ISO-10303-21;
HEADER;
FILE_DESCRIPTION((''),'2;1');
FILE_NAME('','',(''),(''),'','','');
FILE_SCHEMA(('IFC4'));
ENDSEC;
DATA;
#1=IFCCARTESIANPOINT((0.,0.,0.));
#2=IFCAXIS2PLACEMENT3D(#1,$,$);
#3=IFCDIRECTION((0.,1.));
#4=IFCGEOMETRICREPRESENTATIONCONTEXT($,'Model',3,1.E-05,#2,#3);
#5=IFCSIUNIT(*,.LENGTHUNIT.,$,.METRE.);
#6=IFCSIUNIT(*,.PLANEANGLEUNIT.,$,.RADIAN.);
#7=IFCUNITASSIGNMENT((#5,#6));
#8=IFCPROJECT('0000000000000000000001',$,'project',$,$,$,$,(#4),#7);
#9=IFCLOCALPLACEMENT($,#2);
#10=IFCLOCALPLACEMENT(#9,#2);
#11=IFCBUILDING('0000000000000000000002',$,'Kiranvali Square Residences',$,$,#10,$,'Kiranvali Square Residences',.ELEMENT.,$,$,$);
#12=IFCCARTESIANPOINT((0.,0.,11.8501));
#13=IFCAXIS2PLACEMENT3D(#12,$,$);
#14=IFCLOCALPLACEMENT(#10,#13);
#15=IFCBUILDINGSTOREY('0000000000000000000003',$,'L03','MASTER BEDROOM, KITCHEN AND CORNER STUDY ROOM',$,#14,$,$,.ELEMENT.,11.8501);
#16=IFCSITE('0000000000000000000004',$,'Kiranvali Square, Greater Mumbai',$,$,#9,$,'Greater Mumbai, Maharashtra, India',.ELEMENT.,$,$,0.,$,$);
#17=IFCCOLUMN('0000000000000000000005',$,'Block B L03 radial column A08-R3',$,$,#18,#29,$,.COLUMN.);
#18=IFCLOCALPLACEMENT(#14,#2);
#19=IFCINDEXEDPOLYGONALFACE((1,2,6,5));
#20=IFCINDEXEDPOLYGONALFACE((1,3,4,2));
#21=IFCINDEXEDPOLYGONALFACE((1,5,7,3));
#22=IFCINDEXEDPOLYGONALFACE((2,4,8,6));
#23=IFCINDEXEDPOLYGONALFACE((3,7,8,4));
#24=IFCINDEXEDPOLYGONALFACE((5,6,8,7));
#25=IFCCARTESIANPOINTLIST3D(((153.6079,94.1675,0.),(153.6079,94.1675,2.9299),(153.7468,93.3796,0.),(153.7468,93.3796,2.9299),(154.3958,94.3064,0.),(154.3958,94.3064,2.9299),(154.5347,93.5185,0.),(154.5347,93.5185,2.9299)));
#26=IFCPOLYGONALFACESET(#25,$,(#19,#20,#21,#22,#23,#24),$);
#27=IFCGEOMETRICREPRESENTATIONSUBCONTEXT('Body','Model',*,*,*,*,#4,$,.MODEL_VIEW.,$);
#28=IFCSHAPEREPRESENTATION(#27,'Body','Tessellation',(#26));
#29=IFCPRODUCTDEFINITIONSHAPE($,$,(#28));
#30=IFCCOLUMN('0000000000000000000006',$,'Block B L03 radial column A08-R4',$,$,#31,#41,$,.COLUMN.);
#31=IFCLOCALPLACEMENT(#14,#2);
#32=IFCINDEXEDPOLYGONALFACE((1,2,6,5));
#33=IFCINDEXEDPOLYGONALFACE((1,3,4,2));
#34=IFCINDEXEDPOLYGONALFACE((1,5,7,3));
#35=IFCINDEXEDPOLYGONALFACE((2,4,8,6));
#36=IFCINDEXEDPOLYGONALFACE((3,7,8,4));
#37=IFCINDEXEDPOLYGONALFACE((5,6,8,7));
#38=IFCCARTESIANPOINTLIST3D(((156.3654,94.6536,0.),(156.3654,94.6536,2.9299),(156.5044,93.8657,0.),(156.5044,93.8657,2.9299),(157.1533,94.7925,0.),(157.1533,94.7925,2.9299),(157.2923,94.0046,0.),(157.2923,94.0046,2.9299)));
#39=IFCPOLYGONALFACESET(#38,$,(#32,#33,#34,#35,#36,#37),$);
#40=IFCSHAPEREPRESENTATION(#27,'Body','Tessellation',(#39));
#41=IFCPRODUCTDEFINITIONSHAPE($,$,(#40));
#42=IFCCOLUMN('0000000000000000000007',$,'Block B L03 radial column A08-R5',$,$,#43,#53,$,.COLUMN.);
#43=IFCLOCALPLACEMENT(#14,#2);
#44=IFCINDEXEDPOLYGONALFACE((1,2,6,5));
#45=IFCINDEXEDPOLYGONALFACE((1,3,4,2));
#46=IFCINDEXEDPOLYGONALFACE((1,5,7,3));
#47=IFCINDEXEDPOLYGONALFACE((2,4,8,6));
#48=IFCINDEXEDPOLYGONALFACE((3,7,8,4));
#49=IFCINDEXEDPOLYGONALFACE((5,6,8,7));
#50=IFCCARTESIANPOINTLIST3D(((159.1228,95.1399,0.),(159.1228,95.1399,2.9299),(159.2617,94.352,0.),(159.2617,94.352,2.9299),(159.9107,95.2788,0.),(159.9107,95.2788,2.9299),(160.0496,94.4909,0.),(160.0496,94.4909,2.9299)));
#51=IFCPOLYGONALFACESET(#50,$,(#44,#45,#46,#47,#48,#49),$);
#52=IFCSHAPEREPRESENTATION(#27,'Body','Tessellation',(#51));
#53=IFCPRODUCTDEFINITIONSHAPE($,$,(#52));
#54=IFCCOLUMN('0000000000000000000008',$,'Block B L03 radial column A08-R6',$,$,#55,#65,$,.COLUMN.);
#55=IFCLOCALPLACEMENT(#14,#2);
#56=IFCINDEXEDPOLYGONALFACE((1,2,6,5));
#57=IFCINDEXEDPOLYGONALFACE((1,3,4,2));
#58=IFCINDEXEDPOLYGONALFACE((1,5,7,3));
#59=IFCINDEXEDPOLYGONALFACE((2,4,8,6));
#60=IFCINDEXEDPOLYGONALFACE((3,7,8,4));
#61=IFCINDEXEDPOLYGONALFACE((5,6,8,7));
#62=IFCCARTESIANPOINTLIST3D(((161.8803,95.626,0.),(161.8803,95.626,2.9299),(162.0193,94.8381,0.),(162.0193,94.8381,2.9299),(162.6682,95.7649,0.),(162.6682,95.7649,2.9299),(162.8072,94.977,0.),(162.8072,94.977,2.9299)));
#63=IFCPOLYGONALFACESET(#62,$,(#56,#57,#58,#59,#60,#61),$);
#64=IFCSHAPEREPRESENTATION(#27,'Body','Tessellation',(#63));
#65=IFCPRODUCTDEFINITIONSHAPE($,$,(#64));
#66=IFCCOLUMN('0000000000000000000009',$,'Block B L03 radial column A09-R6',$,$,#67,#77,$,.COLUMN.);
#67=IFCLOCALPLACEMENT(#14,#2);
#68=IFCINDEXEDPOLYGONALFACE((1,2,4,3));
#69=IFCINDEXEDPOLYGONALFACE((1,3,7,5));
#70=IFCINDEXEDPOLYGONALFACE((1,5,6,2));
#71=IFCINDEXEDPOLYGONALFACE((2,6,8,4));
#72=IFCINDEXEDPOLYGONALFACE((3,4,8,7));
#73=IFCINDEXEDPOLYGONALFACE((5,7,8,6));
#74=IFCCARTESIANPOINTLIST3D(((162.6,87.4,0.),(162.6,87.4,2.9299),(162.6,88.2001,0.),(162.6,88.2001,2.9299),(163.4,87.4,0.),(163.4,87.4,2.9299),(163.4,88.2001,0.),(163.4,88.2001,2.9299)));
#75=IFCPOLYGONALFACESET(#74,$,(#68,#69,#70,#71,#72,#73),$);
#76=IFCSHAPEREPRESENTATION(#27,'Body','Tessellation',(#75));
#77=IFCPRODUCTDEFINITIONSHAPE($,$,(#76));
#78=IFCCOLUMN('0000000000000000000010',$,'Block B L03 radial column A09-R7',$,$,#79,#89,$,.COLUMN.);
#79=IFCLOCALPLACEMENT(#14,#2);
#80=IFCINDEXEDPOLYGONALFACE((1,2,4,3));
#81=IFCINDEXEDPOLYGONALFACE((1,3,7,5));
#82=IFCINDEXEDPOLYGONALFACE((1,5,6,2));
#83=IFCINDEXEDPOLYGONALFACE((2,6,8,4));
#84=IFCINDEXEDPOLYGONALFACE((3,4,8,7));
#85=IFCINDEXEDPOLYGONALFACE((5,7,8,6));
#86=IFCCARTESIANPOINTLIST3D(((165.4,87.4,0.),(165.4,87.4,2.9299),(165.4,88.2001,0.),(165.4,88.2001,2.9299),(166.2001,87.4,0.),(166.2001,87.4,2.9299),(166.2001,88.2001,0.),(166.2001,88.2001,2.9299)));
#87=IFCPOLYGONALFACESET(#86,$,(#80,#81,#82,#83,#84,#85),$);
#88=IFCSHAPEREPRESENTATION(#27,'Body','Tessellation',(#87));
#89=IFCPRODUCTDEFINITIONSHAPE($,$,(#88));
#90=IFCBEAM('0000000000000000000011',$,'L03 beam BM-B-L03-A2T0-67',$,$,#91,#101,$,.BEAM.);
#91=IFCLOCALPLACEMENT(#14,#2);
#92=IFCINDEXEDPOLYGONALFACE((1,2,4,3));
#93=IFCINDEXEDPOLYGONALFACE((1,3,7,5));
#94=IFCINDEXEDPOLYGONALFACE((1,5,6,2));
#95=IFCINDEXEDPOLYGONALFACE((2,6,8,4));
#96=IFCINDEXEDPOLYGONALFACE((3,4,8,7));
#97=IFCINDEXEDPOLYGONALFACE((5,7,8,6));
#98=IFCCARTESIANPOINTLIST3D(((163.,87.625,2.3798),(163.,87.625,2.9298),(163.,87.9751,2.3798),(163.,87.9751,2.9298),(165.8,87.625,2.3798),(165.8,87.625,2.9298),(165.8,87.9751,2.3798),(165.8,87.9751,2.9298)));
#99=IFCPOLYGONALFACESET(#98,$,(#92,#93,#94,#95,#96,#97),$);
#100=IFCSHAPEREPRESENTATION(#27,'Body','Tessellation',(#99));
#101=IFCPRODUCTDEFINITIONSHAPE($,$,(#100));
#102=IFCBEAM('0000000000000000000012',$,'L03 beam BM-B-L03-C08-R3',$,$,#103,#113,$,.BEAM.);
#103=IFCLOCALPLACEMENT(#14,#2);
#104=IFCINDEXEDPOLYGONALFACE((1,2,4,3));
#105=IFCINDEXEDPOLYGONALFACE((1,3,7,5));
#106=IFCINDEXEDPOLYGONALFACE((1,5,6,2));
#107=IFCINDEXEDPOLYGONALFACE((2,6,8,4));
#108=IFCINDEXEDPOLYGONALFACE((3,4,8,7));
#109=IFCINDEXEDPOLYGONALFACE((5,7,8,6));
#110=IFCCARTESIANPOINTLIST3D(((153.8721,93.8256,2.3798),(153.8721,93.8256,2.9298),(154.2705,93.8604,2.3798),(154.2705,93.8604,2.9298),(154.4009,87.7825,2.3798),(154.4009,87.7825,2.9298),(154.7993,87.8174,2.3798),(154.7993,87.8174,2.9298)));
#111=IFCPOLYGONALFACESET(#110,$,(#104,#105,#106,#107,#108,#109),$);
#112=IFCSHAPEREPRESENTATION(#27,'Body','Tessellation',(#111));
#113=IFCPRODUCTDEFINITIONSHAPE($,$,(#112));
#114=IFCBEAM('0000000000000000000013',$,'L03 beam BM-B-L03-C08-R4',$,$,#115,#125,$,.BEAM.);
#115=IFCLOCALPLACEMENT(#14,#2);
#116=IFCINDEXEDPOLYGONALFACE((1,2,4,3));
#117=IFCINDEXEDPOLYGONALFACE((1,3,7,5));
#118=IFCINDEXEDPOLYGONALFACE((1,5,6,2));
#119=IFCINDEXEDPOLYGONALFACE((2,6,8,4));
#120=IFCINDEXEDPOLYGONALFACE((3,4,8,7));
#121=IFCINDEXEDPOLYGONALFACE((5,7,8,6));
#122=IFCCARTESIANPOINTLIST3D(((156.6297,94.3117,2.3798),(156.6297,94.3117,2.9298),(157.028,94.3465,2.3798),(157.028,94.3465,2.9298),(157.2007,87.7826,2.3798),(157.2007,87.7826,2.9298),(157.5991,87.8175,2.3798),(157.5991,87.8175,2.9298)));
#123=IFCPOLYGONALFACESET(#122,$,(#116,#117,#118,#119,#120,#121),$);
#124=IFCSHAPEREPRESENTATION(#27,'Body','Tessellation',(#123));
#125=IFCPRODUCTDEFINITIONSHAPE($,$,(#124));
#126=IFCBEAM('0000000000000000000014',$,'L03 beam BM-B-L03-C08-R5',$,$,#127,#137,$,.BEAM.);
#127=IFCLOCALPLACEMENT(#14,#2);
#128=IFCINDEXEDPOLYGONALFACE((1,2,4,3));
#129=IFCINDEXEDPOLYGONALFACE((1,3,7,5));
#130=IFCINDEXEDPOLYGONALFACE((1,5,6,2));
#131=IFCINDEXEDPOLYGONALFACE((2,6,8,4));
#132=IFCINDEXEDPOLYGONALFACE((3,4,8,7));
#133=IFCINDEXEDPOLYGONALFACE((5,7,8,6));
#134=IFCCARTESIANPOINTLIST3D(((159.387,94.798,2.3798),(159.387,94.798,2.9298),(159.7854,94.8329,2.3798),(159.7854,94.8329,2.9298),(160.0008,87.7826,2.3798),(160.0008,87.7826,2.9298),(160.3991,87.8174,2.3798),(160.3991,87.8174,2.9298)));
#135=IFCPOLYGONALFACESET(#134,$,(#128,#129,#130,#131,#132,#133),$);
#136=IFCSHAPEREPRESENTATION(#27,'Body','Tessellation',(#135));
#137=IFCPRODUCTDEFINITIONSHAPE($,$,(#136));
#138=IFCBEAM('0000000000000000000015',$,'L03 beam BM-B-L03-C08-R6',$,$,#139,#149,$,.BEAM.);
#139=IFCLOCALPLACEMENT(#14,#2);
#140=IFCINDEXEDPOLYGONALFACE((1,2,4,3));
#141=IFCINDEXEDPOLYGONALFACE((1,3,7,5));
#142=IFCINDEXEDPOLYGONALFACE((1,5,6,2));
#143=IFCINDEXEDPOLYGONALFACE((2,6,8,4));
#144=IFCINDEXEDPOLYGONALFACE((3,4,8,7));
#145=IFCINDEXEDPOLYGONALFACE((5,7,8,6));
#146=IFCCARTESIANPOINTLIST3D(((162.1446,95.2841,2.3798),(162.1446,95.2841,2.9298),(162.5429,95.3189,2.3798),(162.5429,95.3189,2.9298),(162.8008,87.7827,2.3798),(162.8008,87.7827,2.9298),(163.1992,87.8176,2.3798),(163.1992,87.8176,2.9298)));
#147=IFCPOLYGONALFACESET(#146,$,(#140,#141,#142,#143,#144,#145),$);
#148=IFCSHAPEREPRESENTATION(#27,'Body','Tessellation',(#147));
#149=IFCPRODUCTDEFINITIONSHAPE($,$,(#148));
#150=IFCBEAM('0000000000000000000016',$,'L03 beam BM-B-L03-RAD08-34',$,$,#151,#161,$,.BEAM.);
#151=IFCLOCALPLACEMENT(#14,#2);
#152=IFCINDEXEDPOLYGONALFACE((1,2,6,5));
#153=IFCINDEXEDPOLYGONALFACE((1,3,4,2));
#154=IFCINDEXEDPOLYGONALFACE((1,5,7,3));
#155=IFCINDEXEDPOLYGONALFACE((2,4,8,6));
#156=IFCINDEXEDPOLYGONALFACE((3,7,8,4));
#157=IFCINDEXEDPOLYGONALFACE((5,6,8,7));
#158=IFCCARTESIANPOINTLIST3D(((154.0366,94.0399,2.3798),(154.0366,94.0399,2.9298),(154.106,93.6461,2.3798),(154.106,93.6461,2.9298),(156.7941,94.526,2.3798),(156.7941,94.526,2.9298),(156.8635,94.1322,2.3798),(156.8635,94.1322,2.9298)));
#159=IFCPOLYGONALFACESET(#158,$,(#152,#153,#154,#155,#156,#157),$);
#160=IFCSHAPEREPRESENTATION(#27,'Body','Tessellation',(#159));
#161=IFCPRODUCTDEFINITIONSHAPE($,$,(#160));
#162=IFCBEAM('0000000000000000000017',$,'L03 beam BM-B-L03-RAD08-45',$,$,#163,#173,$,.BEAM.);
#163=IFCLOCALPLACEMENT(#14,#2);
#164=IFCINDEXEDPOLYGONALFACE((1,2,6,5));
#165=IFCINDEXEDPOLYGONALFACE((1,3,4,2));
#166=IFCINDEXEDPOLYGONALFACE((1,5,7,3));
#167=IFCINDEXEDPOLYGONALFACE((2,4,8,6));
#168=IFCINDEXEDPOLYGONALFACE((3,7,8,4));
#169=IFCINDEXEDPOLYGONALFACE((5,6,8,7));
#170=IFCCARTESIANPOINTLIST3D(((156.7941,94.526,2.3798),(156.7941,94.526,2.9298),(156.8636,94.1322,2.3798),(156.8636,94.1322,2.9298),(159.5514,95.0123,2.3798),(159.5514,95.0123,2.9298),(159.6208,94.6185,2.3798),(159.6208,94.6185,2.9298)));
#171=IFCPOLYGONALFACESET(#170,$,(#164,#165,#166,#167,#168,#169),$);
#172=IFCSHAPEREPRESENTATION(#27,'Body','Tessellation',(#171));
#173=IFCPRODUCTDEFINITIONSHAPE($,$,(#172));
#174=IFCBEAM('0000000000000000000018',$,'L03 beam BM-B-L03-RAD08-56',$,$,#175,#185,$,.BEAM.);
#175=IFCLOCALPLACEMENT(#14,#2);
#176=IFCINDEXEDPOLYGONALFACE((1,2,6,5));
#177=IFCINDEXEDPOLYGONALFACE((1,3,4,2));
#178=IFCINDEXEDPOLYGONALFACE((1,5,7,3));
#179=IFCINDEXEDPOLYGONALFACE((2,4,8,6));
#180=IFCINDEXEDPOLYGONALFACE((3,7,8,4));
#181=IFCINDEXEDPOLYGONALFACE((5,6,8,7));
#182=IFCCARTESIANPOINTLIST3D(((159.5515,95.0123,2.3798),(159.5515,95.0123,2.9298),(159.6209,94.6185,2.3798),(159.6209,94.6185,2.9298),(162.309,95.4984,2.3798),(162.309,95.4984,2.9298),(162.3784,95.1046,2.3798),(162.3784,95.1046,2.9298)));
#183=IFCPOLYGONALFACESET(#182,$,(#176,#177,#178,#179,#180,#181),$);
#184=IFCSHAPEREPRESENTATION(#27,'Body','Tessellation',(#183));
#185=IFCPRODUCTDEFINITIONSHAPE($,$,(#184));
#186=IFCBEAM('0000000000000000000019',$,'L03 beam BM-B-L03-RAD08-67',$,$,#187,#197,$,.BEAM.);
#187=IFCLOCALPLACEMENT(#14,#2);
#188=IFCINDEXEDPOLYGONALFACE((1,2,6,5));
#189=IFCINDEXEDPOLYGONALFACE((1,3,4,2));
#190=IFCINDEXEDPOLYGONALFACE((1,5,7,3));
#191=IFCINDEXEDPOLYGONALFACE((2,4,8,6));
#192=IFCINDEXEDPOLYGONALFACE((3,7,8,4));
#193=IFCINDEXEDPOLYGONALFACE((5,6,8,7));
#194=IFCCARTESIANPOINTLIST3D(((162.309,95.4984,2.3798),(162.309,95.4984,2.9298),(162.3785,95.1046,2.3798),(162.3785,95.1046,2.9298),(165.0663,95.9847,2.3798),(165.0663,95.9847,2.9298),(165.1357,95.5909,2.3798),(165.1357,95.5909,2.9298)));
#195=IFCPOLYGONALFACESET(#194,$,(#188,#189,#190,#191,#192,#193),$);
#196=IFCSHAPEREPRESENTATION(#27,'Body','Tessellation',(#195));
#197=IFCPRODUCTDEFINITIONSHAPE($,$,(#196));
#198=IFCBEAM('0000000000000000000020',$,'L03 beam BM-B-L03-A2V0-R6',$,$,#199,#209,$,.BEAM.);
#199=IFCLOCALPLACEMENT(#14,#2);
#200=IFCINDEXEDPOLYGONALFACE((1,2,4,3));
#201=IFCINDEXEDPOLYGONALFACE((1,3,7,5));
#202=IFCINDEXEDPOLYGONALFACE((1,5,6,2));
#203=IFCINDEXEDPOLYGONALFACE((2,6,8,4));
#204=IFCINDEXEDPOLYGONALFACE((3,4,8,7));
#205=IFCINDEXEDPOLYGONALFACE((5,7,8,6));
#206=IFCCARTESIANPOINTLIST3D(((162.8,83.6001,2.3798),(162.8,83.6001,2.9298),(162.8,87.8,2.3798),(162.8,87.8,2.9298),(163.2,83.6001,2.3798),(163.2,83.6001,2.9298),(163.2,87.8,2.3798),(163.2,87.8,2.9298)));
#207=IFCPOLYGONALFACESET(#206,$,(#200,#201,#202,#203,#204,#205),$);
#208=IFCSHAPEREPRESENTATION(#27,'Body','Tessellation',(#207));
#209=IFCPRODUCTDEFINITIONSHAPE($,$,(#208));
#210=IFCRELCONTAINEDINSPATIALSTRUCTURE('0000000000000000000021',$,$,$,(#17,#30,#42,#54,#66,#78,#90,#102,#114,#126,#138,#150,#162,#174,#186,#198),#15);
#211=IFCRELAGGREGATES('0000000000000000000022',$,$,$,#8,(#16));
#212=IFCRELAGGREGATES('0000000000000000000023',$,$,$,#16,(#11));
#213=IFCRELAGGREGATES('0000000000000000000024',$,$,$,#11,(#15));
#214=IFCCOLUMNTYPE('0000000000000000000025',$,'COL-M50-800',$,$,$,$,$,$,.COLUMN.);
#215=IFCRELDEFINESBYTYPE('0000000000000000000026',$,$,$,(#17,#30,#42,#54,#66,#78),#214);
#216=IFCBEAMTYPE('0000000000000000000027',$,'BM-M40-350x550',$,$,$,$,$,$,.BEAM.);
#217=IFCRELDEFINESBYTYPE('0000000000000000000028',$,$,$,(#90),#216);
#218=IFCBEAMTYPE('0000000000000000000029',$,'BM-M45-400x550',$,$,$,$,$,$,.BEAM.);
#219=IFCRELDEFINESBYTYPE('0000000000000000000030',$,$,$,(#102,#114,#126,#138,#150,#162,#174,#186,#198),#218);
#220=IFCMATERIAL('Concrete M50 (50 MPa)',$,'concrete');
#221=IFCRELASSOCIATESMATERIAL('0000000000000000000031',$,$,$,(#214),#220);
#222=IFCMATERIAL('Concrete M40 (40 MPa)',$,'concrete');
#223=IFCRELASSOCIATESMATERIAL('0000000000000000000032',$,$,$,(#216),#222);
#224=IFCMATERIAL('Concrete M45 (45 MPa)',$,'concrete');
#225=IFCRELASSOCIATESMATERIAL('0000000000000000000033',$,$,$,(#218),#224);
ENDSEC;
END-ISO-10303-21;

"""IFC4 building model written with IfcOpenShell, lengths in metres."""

from ifc_helpers import new_model, si_unit, direction, frame, origin, origin_2d, place, context, subcontext, project, spatial, rectangle, extrude, material, material_profile, profile_set, type_object, element, save


model = new_model("IFC4")

# Units and contexts
model_context = context("Model", 3, precision=1e-05, world=origin(), true_north=direction((0.0, 1.0)))
body_context = subcontext(model_context, "Body", "Model", "MODEL_VIEW")
ifc_project = project(units=[si_unit("LENGTHUNIT", "METRE"), si_unit("PLANEANGLEUNIT", "RADIAN")], contexts=[model_context])

# Site, building, storey
site_placement = place(None, origin())
site = spatial("IfcSite", under=ifc_project, at=site_placement, Name="Kiranvali Square, Greater Mumbai", LongName="Greater Mumbai, Maharashtra, India", CompositionType="ELEMENT", RefElevation=0.0)
building_placement = place(site_placement, origin())
building = spatial("IfcBuilding", under=site, at=building_placement, Name="Kiranvali Square Residences", LongName="Kiranvali Square Residences", CompositionType="ELEMENT")
storey_placement = place(building_placement, frame((0.0, 0.0, 11.8501)))
storey = spatial("IfcBuildingStorey", under=building, at=storey_placement, Name="L03", Description="MASTER BEDROOM, KITCHEN AND CORNER STUDY ROOM", CompositionType="ELEMENT", Elevation=11.8501)

# Columns
ifc_material_1 = material(Name="Concrete M50 (50 MPa)", Category="concrete")
ifc_material_profile_1 = material_profile(ifc_material_1, rectangle(XDim=0.8, YDim=0.8, at=origin_2d()), Name="RC 800x800")
ifc_profile_set_1 = profile_set([ifc_material_profile_1], Name="Concrete M50 (50 MPa)")
column_type = type_object("IfcColumnType", Name="COL-M50-800", PredefinedType="COLUMN", material=ifc_profile_set_1)
for number, where, z_axis, x_axis, name in (
    (1, (154.0713, 93.843, 0.0), (0.0, 0.0, 1.0), (-0.173648, 0.984808, 0.0), "Block B L03 radial column A08-R3"),
    (2, (156.8289, 94.3291, 0.0), (0.0, 0.0, 1.0), (-0.173648, 0.984808, 0.0), "Block B L03 radial column A08-R4"),
    (3, (159.5862, 94.8154, 0.0), (0.0, 0.0, 1.0), (-0.173648, 0.984808, 0.0), "Block B L03 radial column A08-R5"),
    (4, (162.3438, 95.3015, 0.0), (0.0, 0.0, 1.0), (-0.173648, 0.984808, 0.0), "Block B L03 radial column A08-R6"),
    (5, (163.0, 87.8, 0.0), (0.0, 0.0, 1.0), (0.0, 1.0, 0.0), "Block B L03 radial column A09-R6"),
    (6, (165.8, 87.8, 0.0), (0.0, 0.0, 1.0), (0.0, 1.0, 0.0), "Block B L03 radial column A09-R7"),
):
    element("IfcColumn", number, at=place(storey_placement, frame(where, z_axis=z_axis, x_axis=x_axis)), inside=storey, type_object=column_type, Name=name, PredefinedType="COLUMN", context=body_context, shape_type="SweptSolid", body=[
        extrude(rectangle(XDim=0.8, YDim=0.8, at=origin_2d()), origin(), (0.0, 0.0, 1.0), 2.9299),
    ])

# Beams
ifc_material_2 = material(Name="Concrete M40 (40 MPa)", Category="concrete")
ifc_material_profile_2 = material_profile(ifc_material_2, rectangle(XDim=0.3501, YDim=0.55, at=origin_2d()), Name="RC 350x550")
ifc_profile_set_2 = profile_set([ifc_material_profile_2], Name="Concrete M40 (40 MPa)")
beam_type_1 = type_object("IfcBeamType", Name="BM-M40-350x550", PredefinedType="BEAM", material=ifc_profile_set_2)
beam_1_placement = place(storey_placement, frame((163.0, 87.8, 2.6548), z_axis=(1.0, 0.0, 0.0), x_axis=(0.0, 1.0, 0.0)))
element("IfcBeam", 7, at=beam_1_placement, inside=storey, type_object=beam_type_1, Name="L03 beam BM-B-L03-A2T0-67", PredefinedType="BEAM", context=body_context, shape_type="SweptSolid", body=[
    extrude(rectangle(XDim=0.3501, YDim=0.55, at=origin_2d()), origin(), (0.0, 0.0, 1.0), 2.8),
])
ifc_material_3 = material(Name="Concrete M45 (45 MPa)", Category="concrete")
ifc_material_profile_3 = material_profile(ifc_material_3, rectangle(XDim=0.3999, YDim=0.55, at=origin_2d()), Name="RC 400x550")
ifc_profile_set_3 = profile_set([ifc_material_profile_3], Name="Concrete M45 (45 MPa)")
beam_type_2 = type_object("IfcBeamType", Name="BM-M45-400x550", PredefinedType="BEAM", material=ifc_profile_set_3)
beam_2_placement = place(storey_placement, frame((154.0713, 93.843, 2.6548), z_axis=(0.087175, -0.996193, 0.0), x_axis=(0.996193, 0.087175, 0.0)))
element("IfcBeam", 8, at=beam_2_placement, inside=storey, type_object=beam_type_2, Name="L03 beam BM-B-L03-C08-R3", PredefinedType="BEAM", context=body_context, shape_type="SweptSolid", body=[
    extrude(rectangle(XDim=0.3999, YDim=0.55, at=origin_2d()), origin(), (0.0, 0.0, 1.0), 6.0662),
])
beam_3_placement = place(storey_placement, frame((156.8289, 94.3291, 2.6548), z_axis=(0.08713, -0.996197, 0.0), x_axis=(0.996197, 0.08713, 0.0)))
element("IfcBeam", 9, at=beam_3_placement, inside=storey, type_object=beam_type_2, Name="L03 beam BM-B-L03-C08-R4", PredefinedType="BEAM", context=body_context, shape_type="SweptSolid", body=[
    extrude(rectangle(XDim=0.3999, YDim=0.55, at=origin_2d()), origin(), (0.0, 0.0, 1.0), 6.554),
])
beam_4_placement = place(storey_placement, frame((159.5862, 94.8154, 2.6548), z_axis=(0.087156, -0.996195, 0.0), x_axis=(0.996195, 0.087156, 0.0)))
element("IfcBeam", 10, at=beam_4_placement, inside=storey, type_object=beam_type_2, Name="L03 beam BM-B-L03-C08-R5", PredefinedType="BEAM", context=body_context, shape_type="SweptSolid", body=[
    extrude(rectangle(XDim=0.3999, YDim=0.55, at=origin_2d()), origin(), (0.0, 0.0, 1.0), 7.0422),
])
beam_5_placement = place(storey_placement, frame((162.3438, 95.3015, 2.6548), z_axis=(0.08715, -0.996195, 0.0), x_axis=(0.996195, 0.08715, 0.0)))
element("IfcBeam", 11, at=beam_5_placement, inside=storey, type_object=beam_type_2, Name="L03 beam BM-B-L03-C08-R6", PredefinedType="BEAM", context=body_context, shape_type="SweptSolid", body=[
    extrude(rectangle(XDim=0.3999, YDim=0.55, at=origin_2d()), origin(), (0.0, 0.0, 1.0), 7.53),
])
beam_6_placement = place(storey_placement, frame((154.0713, 93.843, 2.6548), z_axis=(0.984817, 0.173596, 0.0), x_axis=(-0.173596, 0.984817, 0.0)))
element("IfcBeam", 12, at=beam_6_placement, inside=storey, type_object=beam_type_2, Name="L03 beam BM-B-L03-RAD08-34", PredefinedType="BEAM", context=body_context, shape_type="SweptSolid", body=[
    extrude(rectangle(XDim=0.3999, YDim=0.55, at=origin_2d()), origin(), (0.0, 0.0, 1.0), 2.8),
])
beam_7_placement = place(storey_placement, frame((156.8289, 94.3291, 2.6548), z_axis=(0.984799, 0.173696, 0.0), x_axis=(-0.173696, 0.984799, 0.0)))
element("IfcBeam", 13, at=beam_7_placement, inside=storey, type_object=beam_type_2, Name="L03 beam BM-B-L03-RAD08-45", PredefinedType="BEAM", context=body_context, shape_type="SweptSolid", body=[
    extrude(rectangle(XDim=0.3999, YDim=0.55, at=origin_2d()), origin(), (0.0, 0.0, 1.0), 2.7998),
])
beam_8_placement = place(storey_placement, frame((159.5862, 94.8154, 2.6548), z_axis=(0.984817, 0.173596, 0.0), x_axis=(-0.173596, 0.984817, 0.0)))
element("IfcBeam", 14, at=beam_8_placement, inside=storey, type_object=beam_type_2, Name="L03 beam BM-B-L03-RAD08-56", PredefinedType="BEAM", context=body_context, shape_type="SweptSolid", body=[
    extrude(rectangle(XDim=0.3999, YDim=0.55, at=origin_2d()), origin(), (0.0, 0.0, 1.0), 2.8),
])
beam_9_placement = place(storey_placement, frame((162.3438, 95.3015, 2.6548), z_axis=(0.984799, 0.173696, 0.0), x_axis=(-0.173696, 0.984799, 0.0)))
element("IfcBeam", 15, at=beam_9_placement, inside=storey, type_object=beam_type_2, Name="L03 beam BM-B-L03-RAD08-67", PredefinedType="BEAM", context=body_context, shape_type="SweptSolid", body=[
    extrude(rectangle(XDim=0.3999, YDim=0.55, at=origin_2d()), origin(), (0.0, 0.0, 1.0), 2.7998),
])
beam_10_placement = place(storey_placement, frame((163.0, 87.8, 2.6548), z_axis=(0.0, -1.0, 0.0), x_axis=(1.0, 0.0, 0.0)))
element("IfcBeam", 16, at=beam_10_placement, inside=storey, type_object=beam_type_2, Name="L03 beam BM-B-L03-A2V0-R6", PredefinedType="BEAM", context=body_context, shape_type="SweptSolid", body=[
    extrude(rectangle(XDim=0.3999, YDim=0.55, at=origin_2d()), origin(), (0.0, 0.0, 1.0), 4.2),
])

save(model, "model.ifc")
